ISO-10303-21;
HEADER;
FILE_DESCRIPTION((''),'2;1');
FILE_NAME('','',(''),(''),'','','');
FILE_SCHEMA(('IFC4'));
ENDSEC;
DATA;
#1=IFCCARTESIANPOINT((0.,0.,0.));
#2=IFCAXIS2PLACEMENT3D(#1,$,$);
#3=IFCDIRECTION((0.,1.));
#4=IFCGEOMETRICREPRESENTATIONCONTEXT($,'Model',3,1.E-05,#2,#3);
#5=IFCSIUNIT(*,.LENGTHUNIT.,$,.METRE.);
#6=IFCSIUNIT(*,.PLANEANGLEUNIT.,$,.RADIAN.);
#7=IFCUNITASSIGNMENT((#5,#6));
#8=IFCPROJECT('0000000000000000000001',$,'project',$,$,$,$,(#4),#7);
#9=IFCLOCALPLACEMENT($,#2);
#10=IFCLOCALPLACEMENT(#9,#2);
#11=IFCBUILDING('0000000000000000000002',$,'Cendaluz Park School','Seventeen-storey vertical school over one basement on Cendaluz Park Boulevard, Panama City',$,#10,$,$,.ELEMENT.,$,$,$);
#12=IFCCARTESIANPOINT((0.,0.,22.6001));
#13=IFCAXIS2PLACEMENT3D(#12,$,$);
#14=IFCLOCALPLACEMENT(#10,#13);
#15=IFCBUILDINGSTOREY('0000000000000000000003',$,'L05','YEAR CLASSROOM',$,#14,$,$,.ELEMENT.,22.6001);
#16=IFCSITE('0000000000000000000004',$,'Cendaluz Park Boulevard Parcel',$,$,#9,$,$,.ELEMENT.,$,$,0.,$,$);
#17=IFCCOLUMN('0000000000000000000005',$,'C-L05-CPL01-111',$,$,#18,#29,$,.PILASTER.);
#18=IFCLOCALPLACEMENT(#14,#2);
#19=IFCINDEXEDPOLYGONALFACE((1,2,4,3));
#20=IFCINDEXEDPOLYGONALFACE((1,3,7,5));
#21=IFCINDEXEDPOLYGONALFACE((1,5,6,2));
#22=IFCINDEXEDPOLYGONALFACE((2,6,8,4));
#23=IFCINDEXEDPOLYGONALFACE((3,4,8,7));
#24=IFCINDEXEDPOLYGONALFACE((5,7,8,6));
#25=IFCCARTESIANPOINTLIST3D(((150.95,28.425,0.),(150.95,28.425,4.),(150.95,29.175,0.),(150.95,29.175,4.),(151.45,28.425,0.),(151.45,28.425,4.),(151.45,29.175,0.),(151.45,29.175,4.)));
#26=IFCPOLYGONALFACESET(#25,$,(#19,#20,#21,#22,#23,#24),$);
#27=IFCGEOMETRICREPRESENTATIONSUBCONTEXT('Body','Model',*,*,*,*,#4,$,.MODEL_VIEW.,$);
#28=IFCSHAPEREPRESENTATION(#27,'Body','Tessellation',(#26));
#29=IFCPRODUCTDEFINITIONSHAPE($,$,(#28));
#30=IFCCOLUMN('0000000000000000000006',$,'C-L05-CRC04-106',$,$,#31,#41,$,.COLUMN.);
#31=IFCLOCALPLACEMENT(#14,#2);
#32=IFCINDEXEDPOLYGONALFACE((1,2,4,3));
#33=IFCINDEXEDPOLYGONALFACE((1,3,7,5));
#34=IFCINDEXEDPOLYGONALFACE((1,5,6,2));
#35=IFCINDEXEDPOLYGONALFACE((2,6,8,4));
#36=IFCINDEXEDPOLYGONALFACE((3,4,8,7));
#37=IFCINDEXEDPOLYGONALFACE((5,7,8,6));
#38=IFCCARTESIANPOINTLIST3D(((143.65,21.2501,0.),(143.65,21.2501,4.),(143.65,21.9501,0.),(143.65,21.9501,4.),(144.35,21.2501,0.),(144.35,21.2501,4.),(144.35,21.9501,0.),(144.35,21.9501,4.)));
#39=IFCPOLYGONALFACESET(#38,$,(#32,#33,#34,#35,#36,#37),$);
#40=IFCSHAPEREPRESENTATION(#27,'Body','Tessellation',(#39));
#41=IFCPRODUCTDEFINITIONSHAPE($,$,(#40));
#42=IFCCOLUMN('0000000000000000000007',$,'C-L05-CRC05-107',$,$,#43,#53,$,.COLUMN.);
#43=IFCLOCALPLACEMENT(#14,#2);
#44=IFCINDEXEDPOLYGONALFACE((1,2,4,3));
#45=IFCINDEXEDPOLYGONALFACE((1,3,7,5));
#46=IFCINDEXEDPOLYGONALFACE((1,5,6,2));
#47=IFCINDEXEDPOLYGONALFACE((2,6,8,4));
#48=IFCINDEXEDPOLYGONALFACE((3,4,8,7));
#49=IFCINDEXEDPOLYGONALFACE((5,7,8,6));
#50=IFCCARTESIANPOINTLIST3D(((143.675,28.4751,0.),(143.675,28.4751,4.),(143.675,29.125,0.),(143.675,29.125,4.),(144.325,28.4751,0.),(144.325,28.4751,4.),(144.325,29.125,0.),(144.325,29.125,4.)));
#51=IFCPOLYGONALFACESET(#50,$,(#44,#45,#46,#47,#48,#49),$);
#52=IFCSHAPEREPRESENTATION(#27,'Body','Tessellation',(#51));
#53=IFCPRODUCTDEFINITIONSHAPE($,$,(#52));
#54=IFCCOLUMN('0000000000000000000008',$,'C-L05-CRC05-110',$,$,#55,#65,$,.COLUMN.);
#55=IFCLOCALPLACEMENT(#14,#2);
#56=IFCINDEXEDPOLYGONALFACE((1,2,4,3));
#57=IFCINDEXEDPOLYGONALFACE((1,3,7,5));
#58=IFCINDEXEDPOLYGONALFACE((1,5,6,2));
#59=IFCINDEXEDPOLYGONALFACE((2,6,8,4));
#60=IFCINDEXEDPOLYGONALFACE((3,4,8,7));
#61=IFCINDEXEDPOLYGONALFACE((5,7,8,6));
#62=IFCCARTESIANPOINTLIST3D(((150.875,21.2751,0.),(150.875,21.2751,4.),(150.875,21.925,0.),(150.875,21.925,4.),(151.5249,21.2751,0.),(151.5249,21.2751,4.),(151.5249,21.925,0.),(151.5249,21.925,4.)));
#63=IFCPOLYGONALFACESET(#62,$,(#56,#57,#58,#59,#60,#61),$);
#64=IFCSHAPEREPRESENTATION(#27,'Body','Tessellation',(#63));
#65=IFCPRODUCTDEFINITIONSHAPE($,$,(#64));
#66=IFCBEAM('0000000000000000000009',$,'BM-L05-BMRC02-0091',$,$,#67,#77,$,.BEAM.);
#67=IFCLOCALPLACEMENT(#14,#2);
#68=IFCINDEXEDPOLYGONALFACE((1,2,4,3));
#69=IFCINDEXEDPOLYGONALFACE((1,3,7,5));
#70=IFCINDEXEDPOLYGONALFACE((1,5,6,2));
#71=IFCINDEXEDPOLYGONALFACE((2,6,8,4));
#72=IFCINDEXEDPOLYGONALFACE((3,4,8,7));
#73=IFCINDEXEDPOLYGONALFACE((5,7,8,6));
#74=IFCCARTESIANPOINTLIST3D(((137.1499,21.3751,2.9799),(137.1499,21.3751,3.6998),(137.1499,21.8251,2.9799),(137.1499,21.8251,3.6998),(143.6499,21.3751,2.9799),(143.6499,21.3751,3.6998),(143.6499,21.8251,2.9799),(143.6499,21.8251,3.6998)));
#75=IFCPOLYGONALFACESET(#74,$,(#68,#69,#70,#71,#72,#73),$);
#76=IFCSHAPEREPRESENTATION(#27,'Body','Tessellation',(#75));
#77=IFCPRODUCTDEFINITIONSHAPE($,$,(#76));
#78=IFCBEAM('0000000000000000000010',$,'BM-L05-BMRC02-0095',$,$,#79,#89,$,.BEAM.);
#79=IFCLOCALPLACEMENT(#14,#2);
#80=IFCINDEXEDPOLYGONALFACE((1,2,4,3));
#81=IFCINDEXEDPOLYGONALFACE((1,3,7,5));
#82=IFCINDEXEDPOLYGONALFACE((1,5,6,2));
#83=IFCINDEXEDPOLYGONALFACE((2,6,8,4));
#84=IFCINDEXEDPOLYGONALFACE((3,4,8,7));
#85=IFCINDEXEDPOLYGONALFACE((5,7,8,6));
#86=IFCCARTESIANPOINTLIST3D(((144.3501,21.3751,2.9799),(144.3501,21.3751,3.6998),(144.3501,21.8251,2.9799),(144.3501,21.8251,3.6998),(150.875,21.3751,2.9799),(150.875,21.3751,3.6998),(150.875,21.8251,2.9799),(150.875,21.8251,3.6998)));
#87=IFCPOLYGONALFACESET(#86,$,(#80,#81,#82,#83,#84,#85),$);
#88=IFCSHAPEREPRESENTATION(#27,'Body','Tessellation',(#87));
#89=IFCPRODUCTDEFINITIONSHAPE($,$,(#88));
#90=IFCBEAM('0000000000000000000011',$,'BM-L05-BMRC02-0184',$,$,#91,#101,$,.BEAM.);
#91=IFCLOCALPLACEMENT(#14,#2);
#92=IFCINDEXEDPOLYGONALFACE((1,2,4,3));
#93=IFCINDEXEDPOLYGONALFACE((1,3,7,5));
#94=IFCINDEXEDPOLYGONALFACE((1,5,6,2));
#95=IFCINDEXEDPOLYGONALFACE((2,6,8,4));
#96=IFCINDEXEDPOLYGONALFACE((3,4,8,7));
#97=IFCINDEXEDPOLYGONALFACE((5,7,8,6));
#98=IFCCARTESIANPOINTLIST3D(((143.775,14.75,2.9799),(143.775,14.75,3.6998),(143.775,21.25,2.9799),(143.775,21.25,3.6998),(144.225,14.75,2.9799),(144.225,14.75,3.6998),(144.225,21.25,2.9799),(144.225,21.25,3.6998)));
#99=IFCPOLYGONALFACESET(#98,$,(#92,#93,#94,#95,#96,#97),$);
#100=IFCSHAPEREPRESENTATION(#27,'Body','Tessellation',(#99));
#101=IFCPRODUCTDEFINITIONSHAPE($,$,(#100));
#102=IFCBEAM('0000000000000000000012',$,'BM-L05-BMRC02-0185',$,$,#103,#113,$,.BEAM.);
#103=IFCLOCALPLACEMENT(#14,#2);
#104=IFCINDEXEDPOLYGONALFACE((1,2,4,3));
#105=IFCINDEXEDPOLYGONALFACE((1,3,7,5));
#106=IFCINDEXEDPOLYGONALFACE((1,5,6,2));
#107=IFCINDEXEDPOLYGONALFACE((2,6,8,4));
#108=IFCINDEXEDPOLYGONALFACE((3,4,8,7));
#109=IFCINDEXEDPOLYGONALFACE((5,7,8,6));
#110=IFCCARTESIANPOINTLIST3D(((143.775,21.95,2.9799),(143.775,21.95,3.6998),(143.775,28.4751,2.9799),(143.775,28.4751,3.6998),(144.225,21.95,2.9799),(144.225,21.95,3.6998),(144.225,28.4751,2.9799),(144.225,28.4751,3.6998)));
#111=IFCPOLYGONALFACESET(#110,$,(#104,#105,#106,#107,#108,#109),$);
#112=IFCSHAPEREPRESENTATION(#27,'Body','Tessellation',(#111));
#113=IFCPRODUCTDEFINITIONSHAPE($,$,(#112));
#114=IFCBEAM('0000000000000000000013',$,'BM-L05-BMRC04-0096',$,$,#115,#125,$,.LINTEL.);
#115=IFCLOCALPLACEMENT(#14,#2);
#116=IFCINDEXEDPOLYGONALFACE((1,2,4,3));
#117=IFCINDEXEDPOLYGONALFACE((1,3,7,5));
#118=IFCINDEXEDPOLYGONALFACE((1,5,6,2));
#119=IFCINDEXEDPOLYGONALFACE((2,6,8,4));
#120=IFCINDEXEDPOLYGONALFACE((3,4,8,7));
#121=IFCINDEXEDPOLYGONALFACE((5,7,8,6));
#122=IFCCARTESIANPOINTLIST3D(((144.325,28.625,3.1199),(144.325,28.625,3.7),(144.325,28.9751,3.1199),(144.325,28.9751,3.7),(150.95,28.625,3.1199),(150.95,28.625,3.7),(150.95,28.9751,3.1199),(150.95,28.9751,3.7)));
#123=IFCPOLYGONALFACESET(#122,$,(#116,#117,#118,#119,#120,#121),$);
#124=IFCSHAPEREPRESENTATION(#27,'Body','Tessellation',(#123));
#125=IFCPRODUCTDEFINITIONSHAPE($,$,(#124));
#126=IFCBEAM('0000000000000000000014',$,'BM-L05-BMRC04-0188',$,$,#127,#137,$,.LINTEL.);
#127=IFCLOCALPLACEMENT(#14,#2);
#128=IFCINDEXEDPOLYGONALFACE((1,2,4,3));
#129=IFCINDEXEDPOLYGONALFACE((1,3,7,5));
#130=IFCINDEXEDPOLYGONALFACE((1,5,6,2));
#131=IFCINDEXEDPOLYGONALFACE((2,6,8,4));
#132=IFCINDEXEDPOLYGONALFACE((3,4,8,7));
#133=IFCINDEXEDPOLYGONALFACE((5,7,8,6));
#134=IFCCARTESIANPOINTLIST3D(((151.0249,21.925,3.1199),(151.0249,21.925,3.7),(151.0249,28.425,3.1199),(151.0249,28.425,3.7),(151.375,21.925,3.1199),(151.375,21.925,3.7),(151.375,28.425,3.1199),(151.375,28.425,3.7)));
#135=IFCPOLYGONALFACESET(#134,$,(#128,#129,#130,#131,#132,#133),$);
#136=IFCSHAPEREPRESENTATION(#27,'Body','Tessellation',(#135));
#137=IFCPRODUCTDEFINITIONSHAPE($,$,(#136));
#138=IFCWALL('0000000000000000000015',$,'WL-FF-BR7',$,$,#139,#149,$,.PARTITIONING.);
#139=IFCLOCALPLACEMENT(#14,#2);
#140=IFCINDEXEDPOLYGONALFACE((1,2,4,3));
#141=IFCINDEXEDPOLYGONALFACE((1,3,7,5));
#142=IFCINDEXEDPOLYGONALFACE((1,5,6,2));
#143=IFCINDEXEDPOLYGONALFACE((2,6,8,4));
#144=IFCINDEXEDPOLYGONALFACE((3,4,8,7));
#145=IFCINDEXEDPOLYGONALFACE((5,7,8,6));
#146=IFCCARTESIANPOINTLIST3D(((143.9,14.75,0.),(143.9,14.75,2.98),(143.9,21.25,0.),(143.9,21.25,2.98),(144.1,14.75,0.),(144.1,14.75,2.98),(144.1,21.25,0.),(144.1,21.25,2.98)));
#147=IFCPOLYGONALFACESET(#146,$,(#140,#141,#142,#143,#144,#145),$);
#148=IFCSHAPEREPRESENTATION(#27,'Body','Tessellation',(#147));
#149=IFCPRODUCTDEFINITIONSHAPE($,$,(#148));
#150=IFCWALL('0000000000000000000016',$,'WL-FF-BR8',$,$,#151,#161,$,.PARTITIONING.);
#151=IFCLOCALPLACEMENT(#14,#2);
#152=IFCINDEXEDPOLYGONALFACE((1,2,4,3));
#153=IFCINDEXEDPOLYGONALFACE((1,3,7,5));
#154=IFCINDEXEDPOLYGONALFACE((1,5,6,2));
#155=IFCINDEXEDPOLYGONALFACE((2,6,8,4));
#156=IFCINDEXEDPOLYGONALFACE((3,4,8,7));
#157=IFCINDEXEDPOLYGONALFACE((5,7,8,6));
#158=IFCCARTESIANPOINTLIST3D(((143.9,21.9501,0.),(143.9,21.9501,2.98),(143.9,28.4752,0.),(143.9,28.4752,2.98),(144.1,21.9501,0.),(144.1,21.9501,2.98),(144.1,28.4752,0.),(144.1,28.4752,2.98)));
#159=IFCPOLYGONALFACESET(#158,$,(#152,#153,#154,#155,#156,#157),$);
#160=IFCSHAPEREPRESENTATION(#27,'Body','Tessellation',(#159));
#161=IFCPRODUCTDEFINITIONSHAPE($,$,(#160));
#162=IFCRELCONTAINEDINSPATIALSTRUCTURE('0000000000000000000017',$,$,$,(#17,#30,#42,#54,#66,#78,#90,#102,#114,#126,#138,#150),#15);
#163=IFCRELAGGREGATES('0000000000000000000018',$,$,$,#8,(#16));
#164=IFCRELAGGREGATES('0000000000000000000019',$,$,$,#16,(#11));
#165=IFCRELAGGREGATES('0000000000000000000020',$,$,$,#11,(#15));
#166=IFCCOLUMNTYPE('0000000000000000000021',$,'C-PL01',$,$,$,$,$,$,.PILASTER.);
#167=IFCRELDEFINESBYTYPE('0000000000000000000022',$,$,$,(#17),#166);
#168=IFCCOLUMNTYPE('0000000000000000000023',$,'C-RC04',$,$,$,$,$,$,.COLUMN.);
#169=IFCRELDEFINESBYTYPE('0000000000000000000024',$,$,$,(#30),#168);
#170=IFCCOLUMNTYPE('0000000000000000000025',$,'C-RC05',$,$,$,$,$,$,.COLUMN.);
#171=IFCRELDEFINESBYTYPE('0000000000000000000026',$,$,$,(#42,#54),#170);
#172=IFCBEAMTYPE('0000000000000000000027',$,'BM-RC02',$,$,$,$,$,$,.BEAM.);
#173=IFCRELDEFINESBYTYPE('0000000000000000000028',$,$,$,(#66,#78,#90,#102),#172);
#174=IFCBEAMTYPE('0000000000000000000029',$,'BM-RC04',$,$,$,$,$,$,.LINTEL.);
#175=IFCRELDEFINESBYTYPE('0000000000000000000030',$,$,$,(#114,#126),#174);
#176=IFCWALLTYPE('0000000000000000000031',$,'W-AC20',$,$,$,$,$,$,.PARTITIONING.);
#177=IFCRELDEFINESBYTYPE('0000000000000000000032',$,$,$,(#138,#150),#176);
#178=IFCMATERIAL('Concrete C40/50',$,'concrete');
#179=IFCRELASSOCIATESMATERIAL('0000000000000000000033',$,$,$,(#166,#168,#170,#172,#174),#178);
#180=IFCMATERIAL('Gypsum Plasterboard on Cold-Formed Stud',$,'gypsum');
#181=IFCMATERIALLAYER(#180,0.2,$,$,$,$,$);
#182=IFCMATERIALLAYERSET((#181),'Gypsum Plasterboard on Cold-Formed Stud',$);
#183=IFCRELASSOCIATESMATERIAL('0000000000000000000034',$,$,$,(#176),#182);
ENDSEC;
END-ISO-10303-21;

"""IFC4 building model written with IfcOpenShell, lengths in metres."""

from ifc_helpers import new_model, si_unit, direction, frame, frame_2d, origin, origin_2d, place, context, subcontext, project, spatial, rectangle, extrude, material, layer, layer_set, material_profile, profile_set, type_object, element, save


model = new_model("IFC4")

# Units and contexts
model_context = context("Model", 3, precision=1e-05, world=origin(), true_north=direction((0.0, 1.0)))
body_context = subcontext(model_context, "Body", "Model", "MODEL_VIEW")
ifc_project = project(units=[si_unit("LENGTHUNIT", "METRE"), si_unit("PLANEANGLEUNIT", "RADIAN")], contexts=[model_context])

# Site, building, storey
site_placement = place(None, origin())
site = spatial("IfcSite", under=ifc_project, at=site_placement, Name="Cendaluz Park Boulevard Parcel", CompositionType="ELEMENT", RefElevation=0.0)
building_placement = place(site_placement, origin())
building = spatial("IfcBuilding", under=site, at=building_placement, Name="Cendaluz Park School", Description="Seventeen-storey vertical school over one basement on Cendaluz Park Boulevard, Panama City", CompositionType="ELEMENT")
storey_placement = place(building_placement, frame((0.0, 0.0, 22.6001)))
storey = spatial("IfcBuildingStorey", under=building, at=storey_placement, Name="L05", Description="YEAR CLASSROOM", CompositionType="ELEMENT", Elevation=22.6001)

# Columns
ifc_material_1 = material(Name="Concrete C40/50", Category="concrete")
ifc_material_profile_1 = material_profile(ifc_material_1, rectangle(XDim=0.5, YDim=0.75, at=origin_2d()), Name="RC 500x750", Category="concrete")
ifc_profile_set_1 = profile_set([ifc_material_profile_1], Name="Concrete C40/50")
column_type_1 = type_object("IfcColumnType", Name="C-PL01", PredefinedType="PILASTER", material=ifc_profile_set_1)
column_1_placement = place(storey_placement, frame((151.2, 28.8, 0.0), z_axis=(0.0, 0.0, 1.0), x_axis=(1.0, 0.0, 0.0)))
element("IfcColumn", 1, at=column_1_placement, inside=storey, type_object=column_type_1, Name="C-L05-CPL01-111", PredefinedType="PILASTER", context=body_context, shape_type="SweptSolid", body=[
    extrude(rectangle(XDim=0.5, YDim=0.75, at=origin_2d()), origin(), (0.0, 0.0, 1.0), 4.0),
])
ifc_material_profile_2 = material_profile(ifc_material_1, rectangle(XDim=0.7, YDim=0.7, at=origin_2d()), Name="RC 700x700", Category="concrete")
ifc_profile_set_2 = profile_set([ifc_material_profile_2], Name="Concrete C40/50")
column_type_2 = type_object("IfcColumnType", Name="C-RC04", PredefinedType="COLUMN", material=ifc_profile_set_2)
column_2_placement = place(storey_placement, frame((144.0, 21.6001, 0.0), z_axis=(0.0, 0.0, 1.0), x_axis=(1.0, 0.0, 0.0)))
element("IfcColumn", 2, at=column_2_placement, inside=storey, type_object=column_type_2, Name="C-L05-CRC04-106", PredefinedType="COLUMN", context=body_context, shape_type="SweptSolid", body=[
    extrude(rectangle(XDim=0.7, YDim=0.7, at=origin_2d()), origin(), (0.0, 0.0, 1.0), 4.0),
])
ifc_material_profile_3 = material_profile(ifc_material_1, rectangle(XDim=0.6499, YDim=0.6499, at=origin_2d()), Name="RC 650x650", Category="concrete")
ifc_profile_set_3 = profile_set([ifc_material_profile_3], Name="Concrete C40/50")
column_type_3 = type_object("IfcColumnType", Name="C-RC05", PredefinedType="COLUMN", material=ifc_profile_set_3)
for number, where, z_axis, x_axis, name in (
    (3, (144.0, 28.8, 0.0), (0.0, 0.0, 1.0), (1.0, 0.0, 0.0), "C-L05-CRC05-107"),
    (4, (151.2, 21.6001, 0.0), (0.0, 0.0, 1.0), (1.0, 0.0, 0.0), "C-L05-CRC05-110"),
):
    element("IfcColumn", number, at=place(storey_placement, frame(where, z_axis=z_axis, x_axis=x_axis)), inside=storey, type_object=column_type_3, Name=name, PredefinedType="COLUMN", context=body_context, shape_type="SweptSolid", body=[
        extrude(rectangle(XDim=0.6499, YDim=0.6499, at=origin_2d()), origin(), (0.0, 0.0, 1.0), 4.0),
    ])

# Beams
ifc_material_profile_4 = material_profile(ifc_material_1, rectangle(XDim=0.45, YDim=0.72, at=origin_2d()), Name="RC 450x720", Category="concrete")
ifc_profile_set_4 = profile_set([ifc_material_profile_4], Name="Concrete C40/50")
beam_type_1 = type_object("IfcBeamType", Name="BM-RC02", PredefinedType="BEAM", material=ifc_profile_set_4)
beam_1_placement = place(storey_placement, frame((137.1499, 21.6001, 3.3398), z_axis=(1.0, 0.0, 0.0), x_axis=(0.0, 1.0, 0.0)))
element("IfcBeam", 5, at=beam_1_placement, inside=storey, type_object=beam_type_1, Name="BM-L05-BMRC02-0091", PredefinedType="BEAM", context=body_context, shape_type="SweptSolid", body=[
    extrude(rectangle(XDim=0.45, YDim=0.72, at=origin_2d()), origin(), (0.0, 0.0, 1.0), 6.5),
])
beam_2_placement = place(storey_placement, frame((144.3501, 21.6001, 3.3398), z_axis=(1.0, 0.0, 0.0), x_axis=(0.0, 1.0, 0.0)))
element("IfcBeam", 6, at=beam_2_placement, inside=storey, type_object=beam_type_1, Name="BM-L05-BMRC02-0095", PredefinedType="BEAM", context=body_context, shape_type="SweptSolid", body=[
    extrude(rectangle(XDim=0.45, YDim=0.72, at=origin_2d()), origin(), (0.0, 0.0, 1.0), 6.5249),
])
beam_3_placement = place(storey_placement, frame((144.0, 14.75, 3.3398), z_axis=(0.0, 1.0, 0.0), x_axis=(-1.0, 0.0, 0.0)))
element("IfcBeam", 7, at=beam_3_placement, inside=storey, type_object=beam_type_1, Name="BM-L05-BMRC02-0184", PredefinedType="BEAM", context=body_context, shape_type="SweptSolid", body=[
    extrude(rectangle(XDim=0.45, YDim=0.72, at=origin_2d()), origin(), (0.0, 0.0, 1.0), 6.5),
])
beam_4_placement = place(storey_placement, frame((144.0, 21.95, 3.3398), z_axis=(0.0, 1.0, 0.0), x_axis=(-1.0, 0.0, 0.0)))
element("IfcBeam", 8, at=beam_4_placement, inside=storey, type_object=beam_type_1, Name="BM-L05-BMRC02-0185", PredefinedType="BEAM", context=body_context, shape_type="SweptSolid", body=[
    extrude(rectangle(XDim=0.45, YDim=0.72, at=origin_2d()), origin(), (0.0, 0.0, 1.0), 6.5251),
])
ifc_material_profile_5 = material_profile(ifc_material_1, rectangle(XDim=0.3501, YDim=0.5801, at=origin_2d()), Name="RC 350x580", Category="concrete")
ifc_profile_set_5 = profile_set([ifc_material_profile_5], Name="Concrete C40/50")
beam_type_2 = type_object("IfcBeamType", Name="BM-RC04", PredefinedType="LINTEL", material=ifc_profile_set_5)
beam_5_placement = place(storey_placement, frame((144.325, 28.8, 3.4099), z_axis=(1.0, 0.0, 0.0), x_axis=(0.0, 1.0, 0.0)))
element("IfcBeam", 9, at=beam_5_placement, inside=storey, type_object=beam_type_2, Name="BM-L05-BMRC04-0096", PredefinedType="LINTEL", context=body_context, shape_type="SweptSolid", body=[
    extrude(rectangle(XDim=0.3501, YDim=0.5801, at=origin_2d()), origin(), (0.0, 0.0, 1.0), 6.625),
])
beam_6_placement = place(storey_placement, frame((151.2, 21.925, 3.4099), z_axis=(0.0, 1.0, 0.0), x_axis=(-1.0, 0.0, 0.0)))
element("IfcBeam", 10, at=beam_6_placement, inside=storey, type_object=beam_type_2, Name="BM-L05-BMRC04-0188", PredefinedType="LINTEL", context=body_context, shape_type="SweptSolid", body=[
    extrude(rectangle(XDim=0.3501, YDim=0.5801, at=origin_2d()), origin(), (0.0, 0.0, 1.0), 6.5),
])

# Walls
ifc_material_2 = material(Name="Gypsum Plasterboard on Cold-Formed Stud", Category="gypsum")
ifc_layer_1 = layer(ifc_material_2, 0.2)
ifc_layer_set_1 = layer_set([ifc_layer_1], Name="Gypsum Plasterboard on Cold-Formed Stud")
wall_type_1 = type_object("IfcWallType", Name="W-AC20", PredefinedType="PARTITIONING", material=ifc_layer_set_1)
wall_1_placement = place(storey_placement, frame((144.0, 14.75, 0.0), z_axis=(0.0, 0.0, 1.0), x_axis=(0.0, 1.0, 0.0)))
element("IfcWall", 11, at=wall_1_placement, inside=storey, type_object=wall_type_1, Name="WL-FF-BR7", PredefinedType="PARTITIONING", context=body_context, shape_type="SweptSolid", body=[
    extrude(rectangle(XDim=6.5, YDim=0.2, at=frame_2d((3.25, 0.0))), origin(), (0.0, 0.0, 1.0), 2.98),
])
wall_2_placement = place(storey_placement, frame((144.0, 21.95, 0.0), z_axis=(0.0, 0.0, 1.0), x_axis=(0.0, 1.0, 0.0)))
element("IfcWall", 12, at=wall_2_placement, inside=storey, type_object=wall_type_1, Name="WL-FF-BR8", PredefinedType="PARTITIONING", context=body_context, shape_type="SweptSolid", body=[
    extrude(rectangle(XDim=6.5251, YDim=0.2, at=frame_2d((3.2627, 0.0))), origin(), (0.0, 0.0, 1.0), 2.98),
])

save(model, "model.ifc")
